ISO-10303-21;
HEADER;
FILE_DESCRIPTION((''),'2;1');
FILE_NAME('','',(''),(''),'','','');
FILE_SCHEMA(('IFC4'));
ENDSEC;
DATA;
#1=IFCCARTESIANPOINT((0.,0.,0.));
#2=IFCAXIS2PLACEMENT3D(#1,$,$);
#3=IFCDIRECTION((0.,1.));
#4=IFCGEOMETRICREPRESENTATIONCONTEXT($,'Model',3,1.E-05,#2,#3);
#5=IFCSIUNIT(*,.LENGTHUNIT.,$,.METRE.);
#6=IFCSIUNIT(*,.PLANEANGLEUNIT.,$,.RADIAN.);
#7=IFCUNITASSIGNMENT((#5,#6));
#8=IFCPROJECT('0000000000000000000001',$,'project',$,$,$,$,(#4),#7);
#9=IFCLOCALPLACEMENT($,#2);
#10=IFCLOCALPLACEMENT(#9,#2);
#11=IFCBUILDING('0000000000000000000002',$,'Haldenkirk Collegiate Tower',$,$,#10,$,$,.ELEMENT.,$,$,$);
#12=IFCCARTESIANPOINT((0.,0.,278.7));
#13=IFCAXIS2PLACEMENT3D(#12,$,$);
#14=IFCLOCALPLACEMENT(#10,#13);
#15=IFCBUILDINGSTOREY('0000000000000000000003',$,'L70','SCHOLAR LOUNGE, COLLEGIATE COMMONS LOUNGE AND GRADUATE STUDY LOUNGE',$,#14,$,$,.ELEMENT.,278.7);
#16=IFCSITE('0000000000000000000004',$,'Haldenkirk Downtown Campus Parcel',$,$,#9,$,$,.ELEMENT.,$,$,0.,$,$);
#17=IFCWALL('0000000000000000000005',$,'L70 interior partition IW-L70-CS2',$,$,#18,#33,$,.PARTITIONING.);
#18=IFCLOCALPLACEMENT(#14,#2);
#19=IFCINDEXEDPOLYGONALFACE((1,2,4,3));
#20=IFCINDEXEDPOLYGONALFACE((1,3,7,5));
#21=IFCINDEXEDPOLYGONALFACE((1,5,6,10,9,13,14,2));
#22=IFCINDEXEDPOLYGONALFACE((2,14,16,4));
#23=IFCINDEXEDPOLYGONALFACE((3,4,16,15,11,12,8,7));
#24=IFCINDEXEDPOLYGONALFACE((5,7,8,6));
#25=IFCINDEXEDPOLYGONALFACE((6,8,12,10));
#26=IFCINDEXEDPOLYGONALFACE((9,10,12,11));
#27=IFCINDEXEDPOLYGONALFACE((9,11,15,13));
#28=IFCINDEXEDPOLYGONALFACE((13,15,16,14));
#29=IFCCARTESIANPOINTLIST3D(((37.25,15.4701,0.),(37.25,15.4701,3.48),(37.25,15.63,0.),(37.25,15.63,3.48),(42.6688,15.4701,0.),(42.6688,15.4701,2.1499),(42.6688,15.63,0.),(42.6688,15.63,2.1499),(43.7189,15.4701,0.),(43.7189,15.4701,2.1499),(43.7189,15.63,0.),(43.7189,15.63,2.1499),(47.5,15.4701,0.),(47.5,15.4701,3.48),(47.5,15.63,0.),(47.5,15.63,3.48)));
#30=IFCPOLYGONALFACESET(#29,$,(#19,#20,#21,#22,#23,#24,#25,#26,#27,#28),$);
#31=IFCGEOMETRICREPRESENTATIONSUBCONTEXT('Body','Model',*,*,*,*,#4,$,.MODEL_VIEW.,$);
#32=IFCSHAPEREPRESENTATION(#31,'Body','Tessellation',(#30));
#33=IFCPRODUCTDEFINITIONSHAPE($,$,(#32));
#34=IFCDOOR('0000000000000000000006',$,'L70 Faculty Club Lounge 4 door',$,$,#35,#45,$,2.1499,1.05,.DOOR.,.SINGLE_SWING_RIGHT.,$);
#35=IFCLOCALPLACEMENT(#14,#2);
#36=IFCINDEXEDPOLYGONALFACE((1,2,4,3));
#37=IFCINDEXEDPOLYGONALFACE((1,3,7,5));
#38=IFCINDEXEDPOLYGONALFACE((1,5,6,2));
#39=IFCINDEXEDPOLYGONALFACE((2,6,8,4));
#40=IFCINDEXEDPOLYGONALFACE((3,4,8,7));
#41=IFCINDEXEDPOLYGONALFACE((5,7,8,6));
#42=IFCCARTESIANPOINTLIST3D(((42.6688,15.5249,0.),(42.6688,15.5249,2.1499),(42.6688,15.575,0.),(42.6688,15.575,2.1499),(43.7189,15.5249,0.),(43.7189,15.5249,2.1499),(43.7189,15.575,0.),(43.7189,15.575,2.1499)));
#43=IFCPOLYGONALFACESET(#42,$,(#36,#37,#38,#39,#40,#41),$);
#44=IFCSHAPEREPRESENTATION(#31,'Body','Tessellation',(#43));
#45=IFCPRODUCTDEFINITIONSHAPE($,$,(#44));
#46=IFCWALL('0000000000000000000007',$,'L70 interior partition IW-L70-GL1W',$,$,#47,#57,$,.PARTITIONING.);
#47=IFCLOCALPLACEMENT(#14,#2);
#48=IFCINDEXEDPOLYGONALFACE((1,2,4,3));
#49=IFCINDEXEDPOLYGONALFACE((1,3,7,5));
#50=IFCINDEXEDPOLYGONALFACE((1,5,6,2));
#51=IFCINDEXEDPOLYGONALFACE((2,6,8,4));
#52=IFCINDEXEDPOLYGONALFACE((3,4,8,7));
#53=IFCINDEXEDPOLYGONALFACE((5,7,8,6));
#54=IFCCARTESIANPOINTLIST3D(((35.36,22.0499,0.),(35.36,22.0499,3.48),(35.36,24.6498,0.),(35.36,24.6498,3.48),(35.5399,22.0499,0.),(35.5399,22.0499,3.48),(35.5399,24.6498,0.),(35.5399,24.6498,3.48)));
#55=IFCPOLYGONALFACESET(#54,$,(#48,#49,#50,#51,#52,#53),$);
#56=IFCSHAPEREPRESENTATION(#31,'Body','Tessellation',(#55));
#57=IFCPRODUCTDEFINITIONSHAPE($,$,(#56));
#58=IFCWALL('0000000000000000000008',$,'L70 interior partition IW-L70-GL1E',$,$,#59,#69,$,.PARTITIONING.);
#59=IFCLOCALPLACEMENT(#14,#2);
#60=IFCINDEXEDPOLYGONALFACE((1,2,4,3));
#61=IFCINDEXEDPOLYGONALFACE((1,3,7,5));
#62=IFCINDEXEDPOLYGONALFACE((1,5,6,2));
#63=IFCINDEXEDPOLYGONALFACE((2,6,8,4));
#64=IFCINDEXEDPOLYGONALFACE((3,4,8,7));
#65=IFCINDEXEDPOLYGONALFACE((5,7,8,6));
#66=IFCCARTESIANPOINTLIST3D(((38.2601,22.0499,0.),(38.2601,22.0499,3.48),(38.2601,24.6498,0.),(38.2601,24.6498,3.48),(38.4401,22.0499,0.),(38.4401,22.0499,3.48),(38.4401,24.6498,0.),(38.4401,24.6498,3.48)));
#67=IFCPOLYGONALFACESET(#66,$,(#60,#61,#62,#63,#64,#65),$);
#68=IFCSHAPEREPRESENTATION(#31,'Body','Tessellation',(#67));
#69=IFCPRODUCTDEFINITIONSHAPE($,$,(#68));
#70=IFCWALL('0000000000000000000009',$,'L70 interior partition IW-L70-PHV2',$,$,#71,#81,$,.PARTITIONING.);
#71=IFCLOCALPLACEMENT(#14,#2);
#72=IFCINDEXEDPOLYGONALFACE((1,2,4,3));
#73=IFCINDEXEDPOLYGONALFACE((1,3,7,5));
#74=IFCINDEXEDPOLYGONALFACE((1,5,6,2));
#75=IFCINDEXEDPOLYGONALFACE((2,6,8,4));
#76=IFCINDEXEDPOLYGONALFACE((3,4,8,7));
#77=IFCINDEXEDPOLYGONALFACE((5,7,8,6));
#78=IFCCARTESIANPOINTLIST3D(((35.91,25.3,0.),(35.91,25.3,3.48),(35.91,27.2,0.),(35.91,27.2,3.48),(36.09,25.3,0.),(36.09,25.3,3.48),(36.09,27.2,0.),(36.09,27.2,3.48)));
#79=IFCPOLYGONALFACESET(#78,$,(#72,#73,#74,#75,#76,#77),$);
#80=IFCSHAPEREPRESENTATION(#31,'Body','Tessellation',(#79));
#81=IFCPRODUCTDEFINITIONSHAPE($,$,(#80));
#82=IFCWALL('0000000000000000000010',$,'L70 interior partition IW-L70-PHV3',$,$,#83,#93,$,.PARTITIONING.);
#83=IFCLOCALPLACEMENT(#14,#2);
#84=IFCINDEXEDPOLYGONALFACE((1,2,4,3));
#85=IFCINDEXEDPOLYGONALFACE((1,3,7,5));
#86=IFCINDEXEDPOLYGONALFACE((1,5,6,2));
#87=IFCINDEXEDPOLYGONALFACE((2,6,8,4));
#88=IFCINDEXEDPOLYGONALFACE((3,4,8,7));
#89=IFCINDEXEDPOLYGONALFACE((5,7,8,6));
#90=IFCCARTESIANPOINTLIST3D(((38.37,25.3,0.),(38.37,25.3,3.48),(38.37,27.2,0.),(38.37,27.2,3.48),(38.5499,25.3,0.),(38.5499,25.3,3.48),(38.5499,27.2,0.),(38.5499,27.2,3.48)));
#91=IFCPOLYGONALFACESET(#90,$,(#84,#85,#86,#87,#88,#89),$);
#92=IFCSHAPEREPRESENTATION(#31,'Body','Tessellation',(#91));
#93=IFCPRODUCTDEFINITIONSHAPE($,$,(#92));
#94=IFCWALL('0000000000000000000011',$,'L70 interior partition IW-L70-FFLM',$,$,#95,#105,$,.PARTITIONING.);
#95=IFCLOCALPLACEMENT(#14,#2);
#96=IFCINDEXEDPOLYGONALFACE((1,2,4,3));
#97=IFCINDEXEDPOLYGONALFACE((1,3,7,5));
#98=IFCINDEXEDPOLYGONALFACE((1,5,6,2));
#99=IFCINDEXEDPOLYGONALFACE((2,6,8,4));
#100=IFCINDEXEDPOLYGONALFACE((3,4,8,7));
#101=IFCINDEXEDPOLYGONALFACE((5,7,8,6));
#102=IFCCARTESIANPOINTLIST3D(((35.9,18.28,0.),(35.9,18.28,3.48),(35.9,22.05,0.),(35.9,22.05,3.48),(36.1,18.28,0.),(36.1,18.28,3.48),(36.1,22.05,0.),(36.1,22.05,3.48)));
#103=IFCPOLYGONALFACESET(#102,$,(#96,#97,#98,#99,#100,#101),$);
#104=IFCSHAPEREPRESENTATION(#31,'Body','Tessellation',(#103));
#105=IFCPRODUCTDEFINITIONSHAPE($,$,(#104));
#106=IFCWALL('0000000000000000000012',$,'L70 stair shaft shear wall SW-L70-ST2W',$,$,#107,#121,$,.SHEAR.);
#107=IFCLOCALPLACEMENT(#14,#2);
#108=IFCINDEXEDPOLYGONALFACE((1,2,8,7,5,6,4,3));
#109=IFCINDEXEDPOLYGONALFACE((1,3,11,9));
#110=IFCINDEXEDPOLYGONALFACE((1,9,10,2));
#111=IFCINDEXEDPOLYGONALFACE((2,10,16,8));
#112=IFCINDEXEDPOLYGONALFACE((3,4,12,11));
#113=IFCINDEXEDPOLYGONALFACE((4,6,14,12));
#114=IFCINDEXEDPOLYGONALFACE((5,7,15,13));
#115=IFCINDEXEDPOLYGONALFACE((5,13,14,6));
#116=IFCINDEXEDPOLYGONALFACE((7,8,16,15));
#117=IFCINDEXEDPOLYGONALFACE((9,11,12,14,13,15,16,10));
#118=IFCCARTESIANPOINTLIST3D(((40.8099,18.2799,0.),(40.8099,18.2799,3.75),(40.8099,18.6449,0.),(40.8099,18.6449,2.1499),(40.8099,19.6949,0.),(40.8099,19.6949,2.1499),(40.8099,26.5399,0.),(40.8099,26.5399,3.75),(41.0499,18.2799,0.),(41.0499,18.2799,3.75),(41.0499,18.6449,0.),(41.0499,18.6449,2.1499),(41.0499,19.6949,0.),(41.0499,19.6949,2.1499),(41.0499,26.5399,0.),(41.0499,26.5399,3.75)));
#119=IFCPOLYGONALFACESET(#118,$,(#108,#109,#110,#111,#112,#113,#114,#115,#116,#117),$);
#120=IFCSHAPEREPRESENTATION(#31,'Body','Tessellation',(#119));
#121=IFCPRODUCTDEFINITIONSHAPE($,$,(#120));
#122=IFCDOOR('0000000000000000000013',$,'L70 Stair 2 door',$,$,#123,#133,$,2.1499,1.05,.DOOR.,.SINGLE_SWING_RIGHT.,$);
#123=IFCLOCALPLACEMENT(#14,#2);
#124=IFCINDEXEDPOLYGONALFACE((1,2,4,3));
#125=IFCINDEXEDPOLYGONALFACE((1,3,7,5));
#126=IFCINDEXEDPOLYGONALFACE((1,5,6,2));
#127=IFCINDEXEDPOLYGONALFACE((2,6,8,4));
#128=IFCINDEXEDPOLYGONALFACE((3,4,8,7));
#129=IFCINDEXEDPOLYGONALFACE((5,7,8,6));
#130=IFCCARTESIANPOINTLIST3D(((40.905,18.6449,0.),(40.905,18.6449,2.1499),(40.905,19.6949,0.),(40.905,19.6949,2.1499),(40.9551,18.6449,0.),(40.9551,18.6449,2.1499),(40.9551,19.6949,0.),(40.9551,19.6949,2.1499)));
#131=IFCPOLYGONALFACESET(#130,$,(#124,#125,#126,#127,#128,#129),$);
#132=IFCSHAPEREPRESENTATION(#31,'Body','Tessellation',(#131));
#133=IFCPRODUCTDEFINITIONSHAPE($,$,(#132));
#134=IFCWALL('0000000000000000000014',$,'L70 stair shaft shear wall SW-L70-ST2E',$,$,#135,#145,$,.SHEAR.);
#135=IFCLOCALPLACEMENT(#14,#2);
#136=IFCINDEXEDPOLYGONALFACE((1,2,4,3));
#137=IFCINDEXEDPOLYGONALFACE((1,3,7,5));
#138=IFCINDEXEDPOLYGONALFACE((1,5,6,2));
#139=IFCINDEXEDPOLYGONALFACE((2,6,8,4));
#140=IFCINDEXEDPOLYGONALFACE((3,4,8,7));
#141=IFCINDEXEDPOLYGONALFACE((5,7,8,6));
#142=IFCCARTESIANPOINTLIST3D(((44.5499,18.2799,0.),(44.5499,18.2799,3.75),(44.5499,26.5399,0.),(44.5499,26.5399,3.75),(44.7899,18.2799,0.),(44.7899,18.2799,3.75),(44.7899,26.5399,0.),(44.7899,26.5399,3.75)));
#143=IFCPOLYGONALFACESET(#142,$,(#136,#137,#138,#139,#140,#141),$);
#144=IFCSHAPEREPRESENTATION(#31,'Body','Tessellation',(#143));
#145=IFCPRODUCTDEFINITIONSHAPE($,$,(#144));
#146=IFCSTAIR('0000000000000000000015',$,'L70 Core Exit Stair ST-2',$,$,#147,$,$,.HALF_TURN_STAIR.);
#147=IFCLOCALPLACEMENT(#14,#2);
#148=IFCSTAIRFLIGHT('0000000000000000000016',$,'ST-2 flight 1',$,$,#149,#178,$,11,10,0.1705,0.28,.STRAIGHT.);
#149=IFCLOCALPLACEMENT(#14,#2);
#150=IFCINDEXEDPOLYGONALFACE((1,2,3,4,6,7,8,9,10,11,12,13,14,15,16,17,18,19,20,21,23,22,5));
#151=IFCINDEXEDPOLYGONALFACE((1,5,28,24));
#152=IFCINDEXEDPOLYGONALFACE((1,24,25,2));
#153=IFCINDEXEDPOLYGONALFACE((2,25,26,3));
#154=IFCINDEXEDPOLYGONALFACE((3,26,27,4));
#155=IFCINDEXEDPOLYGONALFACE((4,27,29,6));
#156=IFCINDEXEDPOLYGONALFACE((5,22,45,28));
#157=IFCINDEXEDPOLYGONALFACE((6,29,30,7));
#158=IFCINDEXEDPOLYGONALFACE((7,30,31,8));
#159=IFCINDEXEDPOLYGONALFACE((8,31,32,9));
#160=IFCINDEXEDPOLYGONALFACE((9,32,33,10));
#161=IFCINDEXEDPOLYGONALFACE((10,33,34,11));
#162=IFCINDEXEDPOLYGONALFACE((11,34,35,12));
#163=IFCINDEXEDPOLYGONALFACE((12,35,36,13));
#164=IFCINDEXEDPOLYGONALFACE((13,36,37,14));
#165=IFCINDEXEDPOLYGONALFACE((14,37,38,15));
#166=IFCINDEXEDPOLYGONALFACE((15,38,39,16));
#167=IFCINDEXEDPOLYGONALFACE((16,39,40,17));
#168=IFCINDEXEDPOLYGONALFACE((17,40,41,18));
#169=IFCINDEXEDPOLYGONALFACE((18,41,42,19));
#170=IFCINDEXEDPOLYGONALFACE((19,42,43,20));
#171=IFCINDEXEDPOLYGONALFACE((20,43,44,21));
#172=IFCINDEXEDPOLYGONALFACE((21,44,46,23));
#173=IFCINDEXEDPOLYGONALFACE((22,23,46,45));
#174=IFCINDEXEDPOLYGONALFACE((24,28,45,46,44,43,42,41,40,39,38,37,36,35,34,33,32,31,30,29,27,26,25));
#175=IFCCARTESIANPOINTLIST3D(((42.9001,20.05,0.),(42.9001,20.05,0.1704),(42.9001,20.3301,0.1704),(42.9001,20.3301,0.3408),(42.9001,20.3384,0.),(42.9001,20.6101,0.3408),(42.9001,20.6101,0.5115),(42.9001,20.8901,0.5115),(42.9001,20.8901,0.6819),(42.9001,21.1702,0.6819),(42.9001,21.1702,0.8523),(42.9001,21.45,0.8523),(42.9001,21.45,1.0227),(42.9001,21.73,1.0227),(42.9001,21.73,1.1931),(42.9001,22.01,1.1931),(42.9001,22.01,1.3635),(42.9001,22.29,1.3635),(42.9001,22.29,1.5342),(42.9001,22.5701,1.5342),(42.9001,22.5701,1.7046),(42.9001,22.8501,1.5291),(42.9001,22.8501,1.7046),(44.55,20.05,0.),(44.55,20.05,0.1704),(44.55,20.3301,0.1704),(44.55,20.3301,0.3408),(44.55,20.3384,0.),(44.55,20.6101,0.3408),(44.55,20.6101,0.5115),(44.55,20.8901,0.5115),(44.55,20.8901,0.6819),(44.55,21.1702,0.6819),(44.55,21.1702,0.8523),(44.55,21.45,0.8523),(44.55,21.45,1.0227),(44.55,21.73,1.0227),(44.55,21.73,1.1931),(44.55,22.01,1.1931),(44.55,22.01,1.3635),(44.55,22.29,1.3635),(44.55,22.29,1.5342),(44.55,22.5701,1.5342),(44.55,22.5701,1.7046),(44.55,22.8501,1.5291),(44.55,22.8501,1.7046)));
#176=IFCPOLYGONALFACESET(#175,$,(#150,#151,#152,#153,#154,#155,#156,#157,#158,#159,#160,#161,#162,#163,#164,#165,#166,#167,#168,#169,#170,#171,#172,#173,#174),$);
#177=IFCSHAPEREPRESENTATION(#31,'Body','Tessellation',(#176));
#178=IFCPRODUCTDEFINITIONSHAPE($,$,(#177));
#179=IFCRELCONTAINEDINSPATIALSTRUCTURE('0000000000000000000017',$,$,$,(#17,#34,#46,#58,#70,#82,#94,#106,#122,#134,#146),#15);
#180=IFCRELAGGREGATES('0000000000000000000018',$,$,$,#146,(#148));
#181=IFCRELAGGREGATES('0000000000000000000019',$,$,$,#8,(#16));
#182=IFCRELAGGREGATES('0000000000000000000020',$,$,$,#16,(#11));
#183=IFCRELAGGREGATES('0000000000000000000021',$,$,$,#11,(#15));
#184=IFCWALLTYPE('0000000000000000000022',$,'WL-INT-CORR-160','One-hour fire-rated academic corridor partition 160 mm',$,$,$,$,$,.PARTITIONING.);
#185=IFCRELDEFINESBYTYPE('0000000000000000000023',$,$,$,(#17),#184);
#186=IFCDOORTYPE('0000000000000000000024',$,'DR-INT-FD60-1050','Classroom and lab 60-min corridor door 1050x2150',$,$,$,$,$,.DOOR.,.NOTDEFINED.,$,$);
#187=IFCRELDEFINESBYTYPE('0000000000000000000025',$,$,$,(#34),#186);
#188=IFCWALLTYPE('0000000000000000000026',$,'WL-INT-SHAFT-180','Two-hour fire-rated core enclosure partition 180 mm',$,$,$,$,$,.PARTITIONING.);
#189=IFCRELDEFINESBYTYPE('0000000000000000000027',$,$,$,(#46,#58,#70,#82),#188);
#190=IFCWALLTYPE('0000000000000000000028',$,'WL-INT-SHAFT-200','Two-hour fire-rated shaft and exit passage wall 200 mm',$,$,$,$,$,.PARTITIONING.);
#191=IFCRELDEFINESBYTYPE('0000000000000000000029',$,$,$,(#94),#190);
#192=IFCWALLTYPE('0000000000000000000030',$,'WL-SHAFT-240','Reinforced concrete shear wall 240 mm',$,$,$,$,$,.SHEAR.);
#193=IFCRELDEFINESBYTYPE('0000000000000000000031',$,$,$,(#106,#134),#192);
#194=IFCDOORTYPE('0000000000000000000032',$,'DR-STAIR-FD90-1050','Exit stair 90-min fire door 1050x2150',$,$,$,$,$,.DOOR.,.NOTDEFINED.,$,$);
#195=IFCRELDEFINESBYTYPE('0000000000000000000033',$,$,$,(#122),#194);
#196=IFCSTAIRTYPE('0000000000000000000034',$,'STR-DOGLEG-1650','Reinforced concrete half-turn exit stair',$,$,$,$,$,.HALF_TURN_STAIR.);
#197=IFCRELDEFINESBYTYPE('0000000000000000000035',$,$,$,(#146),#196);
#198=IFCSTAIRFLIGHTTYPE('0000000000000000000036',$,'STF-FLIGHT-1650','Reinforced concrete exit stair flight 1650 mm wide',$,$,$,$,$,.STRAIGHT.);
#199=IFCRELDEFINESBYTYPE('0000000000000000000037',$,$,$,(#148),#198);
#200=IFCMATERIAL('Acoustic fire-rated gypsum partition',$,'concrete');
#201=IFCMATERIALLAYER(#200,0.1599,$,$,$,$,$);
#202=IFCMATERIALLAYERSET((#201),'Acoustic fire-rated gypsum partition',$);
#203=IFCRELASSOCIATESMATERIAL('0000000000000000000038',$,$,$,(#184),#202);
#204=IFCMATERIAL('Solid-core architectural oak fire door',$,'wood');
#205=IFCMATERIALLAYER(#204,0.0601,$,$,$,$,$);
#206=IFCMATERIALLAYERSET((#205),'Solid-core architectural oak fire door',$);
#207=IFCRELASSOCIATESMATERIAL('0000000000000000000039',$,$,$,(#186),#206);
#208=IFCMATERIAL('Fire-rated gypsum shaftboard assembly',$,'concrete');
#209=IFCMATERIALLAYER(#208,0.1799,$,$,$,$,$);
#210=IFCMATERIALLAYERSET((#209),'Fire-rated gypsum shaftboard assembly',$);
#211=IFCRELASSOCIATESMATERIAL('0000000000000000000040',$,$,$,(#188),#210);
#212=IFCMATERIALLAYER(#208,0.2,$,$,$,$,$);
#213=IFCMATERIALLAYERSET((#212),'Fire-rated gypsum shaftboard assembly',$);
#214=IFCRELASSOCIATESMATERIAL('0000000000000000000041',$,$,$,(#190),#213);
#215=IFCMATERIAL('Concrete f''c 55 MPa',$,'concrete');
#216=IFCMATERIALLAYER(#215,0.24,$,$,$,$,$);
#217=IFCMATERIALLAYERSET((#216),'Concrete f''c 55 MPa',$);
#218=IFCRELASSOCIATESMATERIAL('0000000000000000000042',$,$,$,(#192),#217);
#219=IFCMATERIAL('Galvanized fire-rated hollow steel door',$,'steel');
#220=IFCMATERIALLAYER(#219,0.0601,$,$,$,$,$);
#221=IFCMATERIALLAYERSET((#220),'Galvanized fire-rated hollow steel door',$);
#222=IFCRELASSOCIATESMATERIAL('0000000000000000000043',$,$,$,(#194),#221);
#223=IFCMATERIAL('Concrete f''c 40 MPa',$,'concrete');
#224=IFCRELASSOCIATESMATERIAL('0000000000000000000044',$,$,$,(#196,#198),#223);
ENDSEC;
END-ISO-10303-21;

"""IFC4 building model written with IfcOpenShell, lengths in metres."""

from ifc_helpers import new_model, si_unit, direction, frame, frame_2d, origin, place, context, subcontext, project, spatial, polyline, rectangle, outline, extrude, material, layer, layer_set, type_object, element, fill, aggregate, save


model = new_model("IFC4")

# Units and contexts
model_context = context("Model", 3, precision=1e-05, world=origin(), true_north=direction((0.0, 1.0)))
body_context = subcontext(model_context, "Body", "Model", "MODEL_VIEW")
ifc_project = project(units=[si_unit("LENGTHUNIT", "METRE"), si_unit("PLANEANGLEUNIT", "RADIAN")], contexts=[model_context])

# Site, building, storey
site_placement = place(None, origin())
site = spatial("IfcSite", under=ifc_project, at=site_placement, Name="Haldenkirk Downtown Campus Parcel", CompositionType="ELEMENT", RefElevation=0.0)
building_placement = place(site_placement, origin())
building = spatial("IfcBuilding", under=site, at=building_placement, Name="Haldenkirk Collegiate Tower", CompositionType="ELEMENT")
storey_placement = place(building_placement, frame((0.0, 0.0, 278.7)))
storey = spatial("IfcBuildingStorey", under=building, at=storey_placement, Name="L70", Description="SCHOLAR LOUNGE, COLLEGIATE COMMONS LOUNGE AND GRADUATE STUDY LOUNGE", CompositionType="ELEMENT", Elevation=278.7)

# Wall, opening, door
ifc_material_1 = material(Name="Acoustic fire-rated gypsum partition", Category="concrete")
ifc_layer_1 = layer(ifc_material_1, 0.1599)
ifc_layer_set_1 = layer_set([ifc_layer_1], Name="Acoustic fire-rated gypsum partition")
wall_type_1 = type_object("IfcWallType", Name="WL-INT-CORR-160", Description="One-hour fire-rated academic corridor partition 160 mm", PredefinedType="PARTITIONING", material=ifc_layer_set_1)
wall_1_placement = place(storey_placement, frame((37.25, 15.55, 0.0), z_axis=(0.0, 0.0, 1.0), x_axis=(1.0, 0.0, 0.0)))
wall_1 = element("IfcWall", 1, at=wall_1_placement, inside=storey, type_object=wall_type_1, Name="L70 interior partition IW-L70-CS2", PredefinedType="PARTITIONING", context=body_context, shape_type="SweptSolid", body=[
    extrude(rectangle(XDim=10.25, YDim=0.1599, at=frame_2d((5.125, 0.0))), origin(), (0.0, 0.0, 1.0), 3.48),
])
opening_1_placement = place(wall_1_placement, frame((5.4189, 0.0, 0.0)))
opening_1 = element("IfcOpeningElement", 2, at=opening_1_placement, cuts=wall_1, PredefinedType="OPENING", context=body_context, shape_type="SweptSolid", body=[
    extrude(rectangle(XDim=1.05, YDim=2.1499, at=frame_2d((0.5249, 1.075))), frame((0.0, 0.0898, 0.0), z_axis=(0.0, -1.0, 0.0), x_axis=(1.0, 0.0, 0.0)), (0.0, 0.0, 1.0), 0.1799),
])
ifc_material_2 = material(Name="Solid-core architectural oak fire door", Category="wood")
ifc_layer_2 = layer(ifc_material_2, 0.0601)
ifc_layer_set_2 = layer_set([ifc_layer_2], Name="Solid-core architectural oak fire door")
door_type_1 = type_object("IfcDoorType", Name="DR-INT-FD60-1050", Description="Classroom and lab 60-min corridor door 1050x2150", OperationType="NOTDEFINED", PredefinedType="DOOR", material=ifc_layer_set_2)
door_1_placement = place(opening_1_placement, origin())
door_1 = element("IfcDoor", 3, at=door_1_placement, inside=storey, type_object=door_type_1, Name="L70 Faculty Club Lounge 4 door", OperationType="SINGLE_SWING_RIGHT", OverallHeight=2.1499, OverallWidth=1.05, PredefinedType="DOOR", context=body_context, shape_type="SweptSolid", body=[
    extrude(rectangle(XDim=1.05, YDim=2.1499, at=frame_2d((0.5249, 1.075))), frame((0.0, 0.0249, 0.0), z_axis=(0.0, -1.0, 0.0), x_axis=(1.0, 0.0, 0.0)), (0.0, 0.0, 1.0), 0.05),
])
fill(opening_1, door_1)

# Walls
ifc_material_3 = material(Name="Fire-rated gypsum shaftboard assembly", Category="concrete")
ifc_layer_3 = layer(ifc_material_3, 0.1799)
ifc_layer_set_3 = layer_set([ifc_layer_3], Name="Fire-rated gypsum shaftboard assembly")
wall_type_2 = type_object("IfcWallType", Name="WL-INT-SHAFT-180", Description="Two-hour fire-rated core enclosure partition 180 mm", PredefinedType="PARTITIONING", material=ifc_layer_set_3)
for number, where, z_axis, x_axis, name in (
    (4, (35.45, 22.05, 0.0), (0.0, 0.0, 1.0), (0.0, 1.0, 0.0), "L70 interior partition IW-L70-GL1W"),
    (5, (38.3501, 22.05, 0.0), (0.0, 0.0, 1.0), (0.0, 1.0, 0.0), "L70 interior partition IW-L70-GL1E"),
):
    element("IfcWall", number, at=place(storey_placement, frame(where, z_axis=z_axis, x_axis=x_axis)), inside=storey, type_object=wall_type_2, Name=name, PredefinedType="PARTITIONING", context=body_context, shape_type="SweptSolid", body=[
        extrude(rectangle(XDim=2.5999, YDim=0.1799, at=frame_2d((1.2998, 0.0))), origin(), (0.0, 0.0, 1.0), 3.48),
    ])
for number, where, z_axis, x_axis, name in (
    (6, (36.0, 25.3, 0.0), (0.0, 0.0, 1.0), (0.0, 1.0, 0.0), "L70 interior partition IW-L70-PHV2"),
    (7, (38.46, 25.3, 0.0), (0.0, 0.0, 1.0), (0.0, 1.0, 0.0), "L70 interior partition IW-L70-PHV3"),
):
    element("IfcWall", number, at=place(storey_placement, frame(where, z_axis=z_axis, x_axis=x_axis)), inside=storey, type_object=wall_type_2, Name=name, PredefinedType="PARTITIONING", context=body_context, shape_type="SweptSolid", body=[
        extrude(rectangle(XDim=1.8999, YDim=0.1799, at=frame_2d((0.95, 0.0))), origin(), (0.0, 0.0, 1.0), 3.48),
    ])
ifc_layer_4 = layer(ifc_material_3, 0.2)
ifc_layer_set_4 = layer_set([ifc_layer_4], Name="Fire-rated gypsum shaftboard assembly")
wall_type_3 = type_object("IfcWallType", Name="WL-INT-SHAFT-200", Description="Two-hour fire-rated shaft and exit passage wall 200 mm", PredefinedType="PARTITIONING", material=ifc_layer_set_4)
wall_2_placement = place(storey_placement, frame((36.0, 18.28, 0.0), z_axis=(0.0, 0.0, 1.0), x_axis=(0.0, 1.0, 0.0)))
element("IfcWall", 8, at=wall_2_placement, inside=storey, type_object=wall_type_3, Name="L70 interior partition IW-L70-FFLM", PredefinedType="PARTITIONING", context=body_context, shape_type="SweptSolid", body=[
    extrude(rectangle(XDim=3.77, YDim=0.2, at=frame_2d((1.885, 0.0))), origin(), (0.0, 0.0, 1.0), 3.48),
])

# Wall, opening, door
ifc_material_4 = material(Name="Concrete f'c 55 MPa", Category="concrete")
ifc_layer_5 = layer(ifc_material_4, 0.24)
ifc_layer_set_5 = layer_set([ifc_layer_5], Name="Concrete f'c 55 MPa")
wall_type_4 = type_object("IfcWallType", Name="WL-SHAFT-240", Description="Reinforced concrete shear wall 240 mm", PredefinedType="SHEAR", material=ifc_layer_set_5)
wall_3_placement = place(storey_placement, frame((40.9299, 18.28, 0.0), z_axis=(0.0, 0.0, 1.0), x_axis=(0.0, 1.0, 0.0)))
wall_3 = element("IfcWall", 9, at=wall_3_placement, inside=storey, type_object=wall_type_4, Name="L70 stair shaft shear wall SW-L70-ST2W", PredefinedType="SHEAR", context=body_context, shape_type="SweptSolid", body=[
    extrude(rectangle(XDim=8.26, YDim=0.24, at=frame_2d((4.1299, 0.0))), origin(), (0.0, 0.0, 1.0), 3.75),
])
opening_2_placement = place(wall_3_placement, frame((0.365, 0.0, 0.0)))
opening_2 = element("IfcOpeningElement", 10, at=opening_2_placement, cuts=wall_3, PredefinedType="OPENING", context=body_context, shape_type="SweptSolid", body=[
    extrude(rectangle(XDim=1.05, YDim=2.1499, at=frame_2d((0.5249, 1.075))), frame((0.0, 0.1299, 0.0), z_axis=(0.0, -1.0, 0.0), x_axis=(1.0, 0.0, 0.0)), (0.0, 0.0, 1.0), 0.26),
])
ifc_material_5 = material(Name="Galvanized fire-rated hollow steel door", Category="steel")
ifc_layer_6 = layer(ifc_material_5, 0.0601)
ifc_layer_set_6 = layer_set([ifc_layer_6], Name="Galvanized fire-rated hollow steel door")
door_type_2 = type_object("IfcDoorType", Name="DR-STAIR-FD90-1050", Description="Exit stair 90-min fire door 1050x2150", OperationType="NOTDEFINED", PredefinedType="DOOR", material=ifc_layer_set_6)
door_2_placement = place(opening_2_placement, origin())
door_2 = element("IfcDoor", 11, at=door_2_placement, inside=storey, type_object=door_type_2, Name="L70 Stair 2 door", OperationType="SINGLE_SWING_RIGHT", OverallHeight=2.1499, OverallWidth=1.05, PredefinedType="DOOR", context=body_context, shape_type="SweptSolid", body=[
    extrude(rectangle(XDim=1.05, YDim=2.1499, at=frame_2d((0.5249, 1.075))), frame((0.0, 0.0249, 0.0), z_axis=(0.0, -1.0, 0.0), x_axis=(1.0, 0.0, 0.0)), (0.0, 0.0, 1.0), 0.05),
])
fill(opening_2, door_2)

# Wall
wall_4_placement = place(storey_placement, frame((44.6699, 18.28, 0.0), z_axis=(0.0, 0.0, 1.0), x_axis=(0.0, 1.0, 0.0)))
element("IfcWall", 12, at=wall_4_placement, inside=storey, type_object=wall_type_4, Name="L70 stair shaft shear wall SW-L70-ST2E", PredefinedType="SHEAR", context=body_context, shape_type="SweptSolid", body=[
    extrude(rectangle(XDim=8.26, YDim=0.24, at=frame_2d((4.1299, 0.0))), origin(), (0.0, 0.0, 1.0), 3.75),
])

# Stair, stair flight
ifc_material_6 = material(Name="Concrete f'c 40 MPa", Category="concrete")
stair_type = type_object("IfcStairType", Name="STR-DOGLEG-1650", Description="Reinforced concrete half-turn exit stair", PredefinedType="HALF_TURN_STAIR", material=ifc_material_6)
stair_placement = place(storey_placement, origin())
stair = element("IfcStair", 13, at=stair_placement, inside=storey, type_object=stair_type, Name="L70 Core Exit Stair ST-2", PredefinedType="HALF_TURN_STAIR")
stair_flight_type = type_object("IfcStairFlightType", Name="STF-FLIGHT-1650", Description="Reinforced concrete exit stair flight 1650 mm wide", PredefinedType="STRAIGHT", material=ifc_material_6)
stair_flight_1_placement = place(storey_placement, frame((43.7251, 20.05, 0.0), z_axis=(0.0, 0.0, 1.0), x_axis=(0.0, 1.0, 0.0)))
stair_flight_1 = element("IfcStairFlight", 14, at=stair_flight_1_placement, type_object=stair_flight_type, Name="ST-2 flight 1", NumberOfRisers=11, NumberOfTreads=10, PredefinedType="STRAIGHT", RiserHeight=0.1705, TreadLength=0.28, context=body_context, shape_type="SweptSolid", body=[
    extrude(outline(polyline([(0.0, 0.0), (0.0, 0.1704), (0.28, 0.1704), (0.28, 0.3408), (0.5601, 0.3408), (0.5601, 0.5115), (0.8401, 0.5115), (0.8401, 0.6819), (1.1201, 0.6819), (1.1201, 0.8523), (1.3999, 0.8523), (1.3999, 1.0227), (1.6799, 1.0227), (1.6799, 1.1931), (1.96, 1.1931), (1.96, 1.3635), (2.24, 1.3635), (2.24, 1.5342), (2.52, 1.5342), (2.52, 1.7046), (2.8, 1.7046), (2.8, 1.875), (2.8, 1.5291), (0.2883, 0.0), (0.0, 0.0)])), frame((0.0, 0.825, 0.0), z_axis=(0.0, -1.0, 0.0), x_axis=(1.0, 0.0, 0.0)), (0.0, 0.0, 1.0), 1.6499),
])
aggregate(stair, [stair_flight_1])

save(model, "model.ifc")
